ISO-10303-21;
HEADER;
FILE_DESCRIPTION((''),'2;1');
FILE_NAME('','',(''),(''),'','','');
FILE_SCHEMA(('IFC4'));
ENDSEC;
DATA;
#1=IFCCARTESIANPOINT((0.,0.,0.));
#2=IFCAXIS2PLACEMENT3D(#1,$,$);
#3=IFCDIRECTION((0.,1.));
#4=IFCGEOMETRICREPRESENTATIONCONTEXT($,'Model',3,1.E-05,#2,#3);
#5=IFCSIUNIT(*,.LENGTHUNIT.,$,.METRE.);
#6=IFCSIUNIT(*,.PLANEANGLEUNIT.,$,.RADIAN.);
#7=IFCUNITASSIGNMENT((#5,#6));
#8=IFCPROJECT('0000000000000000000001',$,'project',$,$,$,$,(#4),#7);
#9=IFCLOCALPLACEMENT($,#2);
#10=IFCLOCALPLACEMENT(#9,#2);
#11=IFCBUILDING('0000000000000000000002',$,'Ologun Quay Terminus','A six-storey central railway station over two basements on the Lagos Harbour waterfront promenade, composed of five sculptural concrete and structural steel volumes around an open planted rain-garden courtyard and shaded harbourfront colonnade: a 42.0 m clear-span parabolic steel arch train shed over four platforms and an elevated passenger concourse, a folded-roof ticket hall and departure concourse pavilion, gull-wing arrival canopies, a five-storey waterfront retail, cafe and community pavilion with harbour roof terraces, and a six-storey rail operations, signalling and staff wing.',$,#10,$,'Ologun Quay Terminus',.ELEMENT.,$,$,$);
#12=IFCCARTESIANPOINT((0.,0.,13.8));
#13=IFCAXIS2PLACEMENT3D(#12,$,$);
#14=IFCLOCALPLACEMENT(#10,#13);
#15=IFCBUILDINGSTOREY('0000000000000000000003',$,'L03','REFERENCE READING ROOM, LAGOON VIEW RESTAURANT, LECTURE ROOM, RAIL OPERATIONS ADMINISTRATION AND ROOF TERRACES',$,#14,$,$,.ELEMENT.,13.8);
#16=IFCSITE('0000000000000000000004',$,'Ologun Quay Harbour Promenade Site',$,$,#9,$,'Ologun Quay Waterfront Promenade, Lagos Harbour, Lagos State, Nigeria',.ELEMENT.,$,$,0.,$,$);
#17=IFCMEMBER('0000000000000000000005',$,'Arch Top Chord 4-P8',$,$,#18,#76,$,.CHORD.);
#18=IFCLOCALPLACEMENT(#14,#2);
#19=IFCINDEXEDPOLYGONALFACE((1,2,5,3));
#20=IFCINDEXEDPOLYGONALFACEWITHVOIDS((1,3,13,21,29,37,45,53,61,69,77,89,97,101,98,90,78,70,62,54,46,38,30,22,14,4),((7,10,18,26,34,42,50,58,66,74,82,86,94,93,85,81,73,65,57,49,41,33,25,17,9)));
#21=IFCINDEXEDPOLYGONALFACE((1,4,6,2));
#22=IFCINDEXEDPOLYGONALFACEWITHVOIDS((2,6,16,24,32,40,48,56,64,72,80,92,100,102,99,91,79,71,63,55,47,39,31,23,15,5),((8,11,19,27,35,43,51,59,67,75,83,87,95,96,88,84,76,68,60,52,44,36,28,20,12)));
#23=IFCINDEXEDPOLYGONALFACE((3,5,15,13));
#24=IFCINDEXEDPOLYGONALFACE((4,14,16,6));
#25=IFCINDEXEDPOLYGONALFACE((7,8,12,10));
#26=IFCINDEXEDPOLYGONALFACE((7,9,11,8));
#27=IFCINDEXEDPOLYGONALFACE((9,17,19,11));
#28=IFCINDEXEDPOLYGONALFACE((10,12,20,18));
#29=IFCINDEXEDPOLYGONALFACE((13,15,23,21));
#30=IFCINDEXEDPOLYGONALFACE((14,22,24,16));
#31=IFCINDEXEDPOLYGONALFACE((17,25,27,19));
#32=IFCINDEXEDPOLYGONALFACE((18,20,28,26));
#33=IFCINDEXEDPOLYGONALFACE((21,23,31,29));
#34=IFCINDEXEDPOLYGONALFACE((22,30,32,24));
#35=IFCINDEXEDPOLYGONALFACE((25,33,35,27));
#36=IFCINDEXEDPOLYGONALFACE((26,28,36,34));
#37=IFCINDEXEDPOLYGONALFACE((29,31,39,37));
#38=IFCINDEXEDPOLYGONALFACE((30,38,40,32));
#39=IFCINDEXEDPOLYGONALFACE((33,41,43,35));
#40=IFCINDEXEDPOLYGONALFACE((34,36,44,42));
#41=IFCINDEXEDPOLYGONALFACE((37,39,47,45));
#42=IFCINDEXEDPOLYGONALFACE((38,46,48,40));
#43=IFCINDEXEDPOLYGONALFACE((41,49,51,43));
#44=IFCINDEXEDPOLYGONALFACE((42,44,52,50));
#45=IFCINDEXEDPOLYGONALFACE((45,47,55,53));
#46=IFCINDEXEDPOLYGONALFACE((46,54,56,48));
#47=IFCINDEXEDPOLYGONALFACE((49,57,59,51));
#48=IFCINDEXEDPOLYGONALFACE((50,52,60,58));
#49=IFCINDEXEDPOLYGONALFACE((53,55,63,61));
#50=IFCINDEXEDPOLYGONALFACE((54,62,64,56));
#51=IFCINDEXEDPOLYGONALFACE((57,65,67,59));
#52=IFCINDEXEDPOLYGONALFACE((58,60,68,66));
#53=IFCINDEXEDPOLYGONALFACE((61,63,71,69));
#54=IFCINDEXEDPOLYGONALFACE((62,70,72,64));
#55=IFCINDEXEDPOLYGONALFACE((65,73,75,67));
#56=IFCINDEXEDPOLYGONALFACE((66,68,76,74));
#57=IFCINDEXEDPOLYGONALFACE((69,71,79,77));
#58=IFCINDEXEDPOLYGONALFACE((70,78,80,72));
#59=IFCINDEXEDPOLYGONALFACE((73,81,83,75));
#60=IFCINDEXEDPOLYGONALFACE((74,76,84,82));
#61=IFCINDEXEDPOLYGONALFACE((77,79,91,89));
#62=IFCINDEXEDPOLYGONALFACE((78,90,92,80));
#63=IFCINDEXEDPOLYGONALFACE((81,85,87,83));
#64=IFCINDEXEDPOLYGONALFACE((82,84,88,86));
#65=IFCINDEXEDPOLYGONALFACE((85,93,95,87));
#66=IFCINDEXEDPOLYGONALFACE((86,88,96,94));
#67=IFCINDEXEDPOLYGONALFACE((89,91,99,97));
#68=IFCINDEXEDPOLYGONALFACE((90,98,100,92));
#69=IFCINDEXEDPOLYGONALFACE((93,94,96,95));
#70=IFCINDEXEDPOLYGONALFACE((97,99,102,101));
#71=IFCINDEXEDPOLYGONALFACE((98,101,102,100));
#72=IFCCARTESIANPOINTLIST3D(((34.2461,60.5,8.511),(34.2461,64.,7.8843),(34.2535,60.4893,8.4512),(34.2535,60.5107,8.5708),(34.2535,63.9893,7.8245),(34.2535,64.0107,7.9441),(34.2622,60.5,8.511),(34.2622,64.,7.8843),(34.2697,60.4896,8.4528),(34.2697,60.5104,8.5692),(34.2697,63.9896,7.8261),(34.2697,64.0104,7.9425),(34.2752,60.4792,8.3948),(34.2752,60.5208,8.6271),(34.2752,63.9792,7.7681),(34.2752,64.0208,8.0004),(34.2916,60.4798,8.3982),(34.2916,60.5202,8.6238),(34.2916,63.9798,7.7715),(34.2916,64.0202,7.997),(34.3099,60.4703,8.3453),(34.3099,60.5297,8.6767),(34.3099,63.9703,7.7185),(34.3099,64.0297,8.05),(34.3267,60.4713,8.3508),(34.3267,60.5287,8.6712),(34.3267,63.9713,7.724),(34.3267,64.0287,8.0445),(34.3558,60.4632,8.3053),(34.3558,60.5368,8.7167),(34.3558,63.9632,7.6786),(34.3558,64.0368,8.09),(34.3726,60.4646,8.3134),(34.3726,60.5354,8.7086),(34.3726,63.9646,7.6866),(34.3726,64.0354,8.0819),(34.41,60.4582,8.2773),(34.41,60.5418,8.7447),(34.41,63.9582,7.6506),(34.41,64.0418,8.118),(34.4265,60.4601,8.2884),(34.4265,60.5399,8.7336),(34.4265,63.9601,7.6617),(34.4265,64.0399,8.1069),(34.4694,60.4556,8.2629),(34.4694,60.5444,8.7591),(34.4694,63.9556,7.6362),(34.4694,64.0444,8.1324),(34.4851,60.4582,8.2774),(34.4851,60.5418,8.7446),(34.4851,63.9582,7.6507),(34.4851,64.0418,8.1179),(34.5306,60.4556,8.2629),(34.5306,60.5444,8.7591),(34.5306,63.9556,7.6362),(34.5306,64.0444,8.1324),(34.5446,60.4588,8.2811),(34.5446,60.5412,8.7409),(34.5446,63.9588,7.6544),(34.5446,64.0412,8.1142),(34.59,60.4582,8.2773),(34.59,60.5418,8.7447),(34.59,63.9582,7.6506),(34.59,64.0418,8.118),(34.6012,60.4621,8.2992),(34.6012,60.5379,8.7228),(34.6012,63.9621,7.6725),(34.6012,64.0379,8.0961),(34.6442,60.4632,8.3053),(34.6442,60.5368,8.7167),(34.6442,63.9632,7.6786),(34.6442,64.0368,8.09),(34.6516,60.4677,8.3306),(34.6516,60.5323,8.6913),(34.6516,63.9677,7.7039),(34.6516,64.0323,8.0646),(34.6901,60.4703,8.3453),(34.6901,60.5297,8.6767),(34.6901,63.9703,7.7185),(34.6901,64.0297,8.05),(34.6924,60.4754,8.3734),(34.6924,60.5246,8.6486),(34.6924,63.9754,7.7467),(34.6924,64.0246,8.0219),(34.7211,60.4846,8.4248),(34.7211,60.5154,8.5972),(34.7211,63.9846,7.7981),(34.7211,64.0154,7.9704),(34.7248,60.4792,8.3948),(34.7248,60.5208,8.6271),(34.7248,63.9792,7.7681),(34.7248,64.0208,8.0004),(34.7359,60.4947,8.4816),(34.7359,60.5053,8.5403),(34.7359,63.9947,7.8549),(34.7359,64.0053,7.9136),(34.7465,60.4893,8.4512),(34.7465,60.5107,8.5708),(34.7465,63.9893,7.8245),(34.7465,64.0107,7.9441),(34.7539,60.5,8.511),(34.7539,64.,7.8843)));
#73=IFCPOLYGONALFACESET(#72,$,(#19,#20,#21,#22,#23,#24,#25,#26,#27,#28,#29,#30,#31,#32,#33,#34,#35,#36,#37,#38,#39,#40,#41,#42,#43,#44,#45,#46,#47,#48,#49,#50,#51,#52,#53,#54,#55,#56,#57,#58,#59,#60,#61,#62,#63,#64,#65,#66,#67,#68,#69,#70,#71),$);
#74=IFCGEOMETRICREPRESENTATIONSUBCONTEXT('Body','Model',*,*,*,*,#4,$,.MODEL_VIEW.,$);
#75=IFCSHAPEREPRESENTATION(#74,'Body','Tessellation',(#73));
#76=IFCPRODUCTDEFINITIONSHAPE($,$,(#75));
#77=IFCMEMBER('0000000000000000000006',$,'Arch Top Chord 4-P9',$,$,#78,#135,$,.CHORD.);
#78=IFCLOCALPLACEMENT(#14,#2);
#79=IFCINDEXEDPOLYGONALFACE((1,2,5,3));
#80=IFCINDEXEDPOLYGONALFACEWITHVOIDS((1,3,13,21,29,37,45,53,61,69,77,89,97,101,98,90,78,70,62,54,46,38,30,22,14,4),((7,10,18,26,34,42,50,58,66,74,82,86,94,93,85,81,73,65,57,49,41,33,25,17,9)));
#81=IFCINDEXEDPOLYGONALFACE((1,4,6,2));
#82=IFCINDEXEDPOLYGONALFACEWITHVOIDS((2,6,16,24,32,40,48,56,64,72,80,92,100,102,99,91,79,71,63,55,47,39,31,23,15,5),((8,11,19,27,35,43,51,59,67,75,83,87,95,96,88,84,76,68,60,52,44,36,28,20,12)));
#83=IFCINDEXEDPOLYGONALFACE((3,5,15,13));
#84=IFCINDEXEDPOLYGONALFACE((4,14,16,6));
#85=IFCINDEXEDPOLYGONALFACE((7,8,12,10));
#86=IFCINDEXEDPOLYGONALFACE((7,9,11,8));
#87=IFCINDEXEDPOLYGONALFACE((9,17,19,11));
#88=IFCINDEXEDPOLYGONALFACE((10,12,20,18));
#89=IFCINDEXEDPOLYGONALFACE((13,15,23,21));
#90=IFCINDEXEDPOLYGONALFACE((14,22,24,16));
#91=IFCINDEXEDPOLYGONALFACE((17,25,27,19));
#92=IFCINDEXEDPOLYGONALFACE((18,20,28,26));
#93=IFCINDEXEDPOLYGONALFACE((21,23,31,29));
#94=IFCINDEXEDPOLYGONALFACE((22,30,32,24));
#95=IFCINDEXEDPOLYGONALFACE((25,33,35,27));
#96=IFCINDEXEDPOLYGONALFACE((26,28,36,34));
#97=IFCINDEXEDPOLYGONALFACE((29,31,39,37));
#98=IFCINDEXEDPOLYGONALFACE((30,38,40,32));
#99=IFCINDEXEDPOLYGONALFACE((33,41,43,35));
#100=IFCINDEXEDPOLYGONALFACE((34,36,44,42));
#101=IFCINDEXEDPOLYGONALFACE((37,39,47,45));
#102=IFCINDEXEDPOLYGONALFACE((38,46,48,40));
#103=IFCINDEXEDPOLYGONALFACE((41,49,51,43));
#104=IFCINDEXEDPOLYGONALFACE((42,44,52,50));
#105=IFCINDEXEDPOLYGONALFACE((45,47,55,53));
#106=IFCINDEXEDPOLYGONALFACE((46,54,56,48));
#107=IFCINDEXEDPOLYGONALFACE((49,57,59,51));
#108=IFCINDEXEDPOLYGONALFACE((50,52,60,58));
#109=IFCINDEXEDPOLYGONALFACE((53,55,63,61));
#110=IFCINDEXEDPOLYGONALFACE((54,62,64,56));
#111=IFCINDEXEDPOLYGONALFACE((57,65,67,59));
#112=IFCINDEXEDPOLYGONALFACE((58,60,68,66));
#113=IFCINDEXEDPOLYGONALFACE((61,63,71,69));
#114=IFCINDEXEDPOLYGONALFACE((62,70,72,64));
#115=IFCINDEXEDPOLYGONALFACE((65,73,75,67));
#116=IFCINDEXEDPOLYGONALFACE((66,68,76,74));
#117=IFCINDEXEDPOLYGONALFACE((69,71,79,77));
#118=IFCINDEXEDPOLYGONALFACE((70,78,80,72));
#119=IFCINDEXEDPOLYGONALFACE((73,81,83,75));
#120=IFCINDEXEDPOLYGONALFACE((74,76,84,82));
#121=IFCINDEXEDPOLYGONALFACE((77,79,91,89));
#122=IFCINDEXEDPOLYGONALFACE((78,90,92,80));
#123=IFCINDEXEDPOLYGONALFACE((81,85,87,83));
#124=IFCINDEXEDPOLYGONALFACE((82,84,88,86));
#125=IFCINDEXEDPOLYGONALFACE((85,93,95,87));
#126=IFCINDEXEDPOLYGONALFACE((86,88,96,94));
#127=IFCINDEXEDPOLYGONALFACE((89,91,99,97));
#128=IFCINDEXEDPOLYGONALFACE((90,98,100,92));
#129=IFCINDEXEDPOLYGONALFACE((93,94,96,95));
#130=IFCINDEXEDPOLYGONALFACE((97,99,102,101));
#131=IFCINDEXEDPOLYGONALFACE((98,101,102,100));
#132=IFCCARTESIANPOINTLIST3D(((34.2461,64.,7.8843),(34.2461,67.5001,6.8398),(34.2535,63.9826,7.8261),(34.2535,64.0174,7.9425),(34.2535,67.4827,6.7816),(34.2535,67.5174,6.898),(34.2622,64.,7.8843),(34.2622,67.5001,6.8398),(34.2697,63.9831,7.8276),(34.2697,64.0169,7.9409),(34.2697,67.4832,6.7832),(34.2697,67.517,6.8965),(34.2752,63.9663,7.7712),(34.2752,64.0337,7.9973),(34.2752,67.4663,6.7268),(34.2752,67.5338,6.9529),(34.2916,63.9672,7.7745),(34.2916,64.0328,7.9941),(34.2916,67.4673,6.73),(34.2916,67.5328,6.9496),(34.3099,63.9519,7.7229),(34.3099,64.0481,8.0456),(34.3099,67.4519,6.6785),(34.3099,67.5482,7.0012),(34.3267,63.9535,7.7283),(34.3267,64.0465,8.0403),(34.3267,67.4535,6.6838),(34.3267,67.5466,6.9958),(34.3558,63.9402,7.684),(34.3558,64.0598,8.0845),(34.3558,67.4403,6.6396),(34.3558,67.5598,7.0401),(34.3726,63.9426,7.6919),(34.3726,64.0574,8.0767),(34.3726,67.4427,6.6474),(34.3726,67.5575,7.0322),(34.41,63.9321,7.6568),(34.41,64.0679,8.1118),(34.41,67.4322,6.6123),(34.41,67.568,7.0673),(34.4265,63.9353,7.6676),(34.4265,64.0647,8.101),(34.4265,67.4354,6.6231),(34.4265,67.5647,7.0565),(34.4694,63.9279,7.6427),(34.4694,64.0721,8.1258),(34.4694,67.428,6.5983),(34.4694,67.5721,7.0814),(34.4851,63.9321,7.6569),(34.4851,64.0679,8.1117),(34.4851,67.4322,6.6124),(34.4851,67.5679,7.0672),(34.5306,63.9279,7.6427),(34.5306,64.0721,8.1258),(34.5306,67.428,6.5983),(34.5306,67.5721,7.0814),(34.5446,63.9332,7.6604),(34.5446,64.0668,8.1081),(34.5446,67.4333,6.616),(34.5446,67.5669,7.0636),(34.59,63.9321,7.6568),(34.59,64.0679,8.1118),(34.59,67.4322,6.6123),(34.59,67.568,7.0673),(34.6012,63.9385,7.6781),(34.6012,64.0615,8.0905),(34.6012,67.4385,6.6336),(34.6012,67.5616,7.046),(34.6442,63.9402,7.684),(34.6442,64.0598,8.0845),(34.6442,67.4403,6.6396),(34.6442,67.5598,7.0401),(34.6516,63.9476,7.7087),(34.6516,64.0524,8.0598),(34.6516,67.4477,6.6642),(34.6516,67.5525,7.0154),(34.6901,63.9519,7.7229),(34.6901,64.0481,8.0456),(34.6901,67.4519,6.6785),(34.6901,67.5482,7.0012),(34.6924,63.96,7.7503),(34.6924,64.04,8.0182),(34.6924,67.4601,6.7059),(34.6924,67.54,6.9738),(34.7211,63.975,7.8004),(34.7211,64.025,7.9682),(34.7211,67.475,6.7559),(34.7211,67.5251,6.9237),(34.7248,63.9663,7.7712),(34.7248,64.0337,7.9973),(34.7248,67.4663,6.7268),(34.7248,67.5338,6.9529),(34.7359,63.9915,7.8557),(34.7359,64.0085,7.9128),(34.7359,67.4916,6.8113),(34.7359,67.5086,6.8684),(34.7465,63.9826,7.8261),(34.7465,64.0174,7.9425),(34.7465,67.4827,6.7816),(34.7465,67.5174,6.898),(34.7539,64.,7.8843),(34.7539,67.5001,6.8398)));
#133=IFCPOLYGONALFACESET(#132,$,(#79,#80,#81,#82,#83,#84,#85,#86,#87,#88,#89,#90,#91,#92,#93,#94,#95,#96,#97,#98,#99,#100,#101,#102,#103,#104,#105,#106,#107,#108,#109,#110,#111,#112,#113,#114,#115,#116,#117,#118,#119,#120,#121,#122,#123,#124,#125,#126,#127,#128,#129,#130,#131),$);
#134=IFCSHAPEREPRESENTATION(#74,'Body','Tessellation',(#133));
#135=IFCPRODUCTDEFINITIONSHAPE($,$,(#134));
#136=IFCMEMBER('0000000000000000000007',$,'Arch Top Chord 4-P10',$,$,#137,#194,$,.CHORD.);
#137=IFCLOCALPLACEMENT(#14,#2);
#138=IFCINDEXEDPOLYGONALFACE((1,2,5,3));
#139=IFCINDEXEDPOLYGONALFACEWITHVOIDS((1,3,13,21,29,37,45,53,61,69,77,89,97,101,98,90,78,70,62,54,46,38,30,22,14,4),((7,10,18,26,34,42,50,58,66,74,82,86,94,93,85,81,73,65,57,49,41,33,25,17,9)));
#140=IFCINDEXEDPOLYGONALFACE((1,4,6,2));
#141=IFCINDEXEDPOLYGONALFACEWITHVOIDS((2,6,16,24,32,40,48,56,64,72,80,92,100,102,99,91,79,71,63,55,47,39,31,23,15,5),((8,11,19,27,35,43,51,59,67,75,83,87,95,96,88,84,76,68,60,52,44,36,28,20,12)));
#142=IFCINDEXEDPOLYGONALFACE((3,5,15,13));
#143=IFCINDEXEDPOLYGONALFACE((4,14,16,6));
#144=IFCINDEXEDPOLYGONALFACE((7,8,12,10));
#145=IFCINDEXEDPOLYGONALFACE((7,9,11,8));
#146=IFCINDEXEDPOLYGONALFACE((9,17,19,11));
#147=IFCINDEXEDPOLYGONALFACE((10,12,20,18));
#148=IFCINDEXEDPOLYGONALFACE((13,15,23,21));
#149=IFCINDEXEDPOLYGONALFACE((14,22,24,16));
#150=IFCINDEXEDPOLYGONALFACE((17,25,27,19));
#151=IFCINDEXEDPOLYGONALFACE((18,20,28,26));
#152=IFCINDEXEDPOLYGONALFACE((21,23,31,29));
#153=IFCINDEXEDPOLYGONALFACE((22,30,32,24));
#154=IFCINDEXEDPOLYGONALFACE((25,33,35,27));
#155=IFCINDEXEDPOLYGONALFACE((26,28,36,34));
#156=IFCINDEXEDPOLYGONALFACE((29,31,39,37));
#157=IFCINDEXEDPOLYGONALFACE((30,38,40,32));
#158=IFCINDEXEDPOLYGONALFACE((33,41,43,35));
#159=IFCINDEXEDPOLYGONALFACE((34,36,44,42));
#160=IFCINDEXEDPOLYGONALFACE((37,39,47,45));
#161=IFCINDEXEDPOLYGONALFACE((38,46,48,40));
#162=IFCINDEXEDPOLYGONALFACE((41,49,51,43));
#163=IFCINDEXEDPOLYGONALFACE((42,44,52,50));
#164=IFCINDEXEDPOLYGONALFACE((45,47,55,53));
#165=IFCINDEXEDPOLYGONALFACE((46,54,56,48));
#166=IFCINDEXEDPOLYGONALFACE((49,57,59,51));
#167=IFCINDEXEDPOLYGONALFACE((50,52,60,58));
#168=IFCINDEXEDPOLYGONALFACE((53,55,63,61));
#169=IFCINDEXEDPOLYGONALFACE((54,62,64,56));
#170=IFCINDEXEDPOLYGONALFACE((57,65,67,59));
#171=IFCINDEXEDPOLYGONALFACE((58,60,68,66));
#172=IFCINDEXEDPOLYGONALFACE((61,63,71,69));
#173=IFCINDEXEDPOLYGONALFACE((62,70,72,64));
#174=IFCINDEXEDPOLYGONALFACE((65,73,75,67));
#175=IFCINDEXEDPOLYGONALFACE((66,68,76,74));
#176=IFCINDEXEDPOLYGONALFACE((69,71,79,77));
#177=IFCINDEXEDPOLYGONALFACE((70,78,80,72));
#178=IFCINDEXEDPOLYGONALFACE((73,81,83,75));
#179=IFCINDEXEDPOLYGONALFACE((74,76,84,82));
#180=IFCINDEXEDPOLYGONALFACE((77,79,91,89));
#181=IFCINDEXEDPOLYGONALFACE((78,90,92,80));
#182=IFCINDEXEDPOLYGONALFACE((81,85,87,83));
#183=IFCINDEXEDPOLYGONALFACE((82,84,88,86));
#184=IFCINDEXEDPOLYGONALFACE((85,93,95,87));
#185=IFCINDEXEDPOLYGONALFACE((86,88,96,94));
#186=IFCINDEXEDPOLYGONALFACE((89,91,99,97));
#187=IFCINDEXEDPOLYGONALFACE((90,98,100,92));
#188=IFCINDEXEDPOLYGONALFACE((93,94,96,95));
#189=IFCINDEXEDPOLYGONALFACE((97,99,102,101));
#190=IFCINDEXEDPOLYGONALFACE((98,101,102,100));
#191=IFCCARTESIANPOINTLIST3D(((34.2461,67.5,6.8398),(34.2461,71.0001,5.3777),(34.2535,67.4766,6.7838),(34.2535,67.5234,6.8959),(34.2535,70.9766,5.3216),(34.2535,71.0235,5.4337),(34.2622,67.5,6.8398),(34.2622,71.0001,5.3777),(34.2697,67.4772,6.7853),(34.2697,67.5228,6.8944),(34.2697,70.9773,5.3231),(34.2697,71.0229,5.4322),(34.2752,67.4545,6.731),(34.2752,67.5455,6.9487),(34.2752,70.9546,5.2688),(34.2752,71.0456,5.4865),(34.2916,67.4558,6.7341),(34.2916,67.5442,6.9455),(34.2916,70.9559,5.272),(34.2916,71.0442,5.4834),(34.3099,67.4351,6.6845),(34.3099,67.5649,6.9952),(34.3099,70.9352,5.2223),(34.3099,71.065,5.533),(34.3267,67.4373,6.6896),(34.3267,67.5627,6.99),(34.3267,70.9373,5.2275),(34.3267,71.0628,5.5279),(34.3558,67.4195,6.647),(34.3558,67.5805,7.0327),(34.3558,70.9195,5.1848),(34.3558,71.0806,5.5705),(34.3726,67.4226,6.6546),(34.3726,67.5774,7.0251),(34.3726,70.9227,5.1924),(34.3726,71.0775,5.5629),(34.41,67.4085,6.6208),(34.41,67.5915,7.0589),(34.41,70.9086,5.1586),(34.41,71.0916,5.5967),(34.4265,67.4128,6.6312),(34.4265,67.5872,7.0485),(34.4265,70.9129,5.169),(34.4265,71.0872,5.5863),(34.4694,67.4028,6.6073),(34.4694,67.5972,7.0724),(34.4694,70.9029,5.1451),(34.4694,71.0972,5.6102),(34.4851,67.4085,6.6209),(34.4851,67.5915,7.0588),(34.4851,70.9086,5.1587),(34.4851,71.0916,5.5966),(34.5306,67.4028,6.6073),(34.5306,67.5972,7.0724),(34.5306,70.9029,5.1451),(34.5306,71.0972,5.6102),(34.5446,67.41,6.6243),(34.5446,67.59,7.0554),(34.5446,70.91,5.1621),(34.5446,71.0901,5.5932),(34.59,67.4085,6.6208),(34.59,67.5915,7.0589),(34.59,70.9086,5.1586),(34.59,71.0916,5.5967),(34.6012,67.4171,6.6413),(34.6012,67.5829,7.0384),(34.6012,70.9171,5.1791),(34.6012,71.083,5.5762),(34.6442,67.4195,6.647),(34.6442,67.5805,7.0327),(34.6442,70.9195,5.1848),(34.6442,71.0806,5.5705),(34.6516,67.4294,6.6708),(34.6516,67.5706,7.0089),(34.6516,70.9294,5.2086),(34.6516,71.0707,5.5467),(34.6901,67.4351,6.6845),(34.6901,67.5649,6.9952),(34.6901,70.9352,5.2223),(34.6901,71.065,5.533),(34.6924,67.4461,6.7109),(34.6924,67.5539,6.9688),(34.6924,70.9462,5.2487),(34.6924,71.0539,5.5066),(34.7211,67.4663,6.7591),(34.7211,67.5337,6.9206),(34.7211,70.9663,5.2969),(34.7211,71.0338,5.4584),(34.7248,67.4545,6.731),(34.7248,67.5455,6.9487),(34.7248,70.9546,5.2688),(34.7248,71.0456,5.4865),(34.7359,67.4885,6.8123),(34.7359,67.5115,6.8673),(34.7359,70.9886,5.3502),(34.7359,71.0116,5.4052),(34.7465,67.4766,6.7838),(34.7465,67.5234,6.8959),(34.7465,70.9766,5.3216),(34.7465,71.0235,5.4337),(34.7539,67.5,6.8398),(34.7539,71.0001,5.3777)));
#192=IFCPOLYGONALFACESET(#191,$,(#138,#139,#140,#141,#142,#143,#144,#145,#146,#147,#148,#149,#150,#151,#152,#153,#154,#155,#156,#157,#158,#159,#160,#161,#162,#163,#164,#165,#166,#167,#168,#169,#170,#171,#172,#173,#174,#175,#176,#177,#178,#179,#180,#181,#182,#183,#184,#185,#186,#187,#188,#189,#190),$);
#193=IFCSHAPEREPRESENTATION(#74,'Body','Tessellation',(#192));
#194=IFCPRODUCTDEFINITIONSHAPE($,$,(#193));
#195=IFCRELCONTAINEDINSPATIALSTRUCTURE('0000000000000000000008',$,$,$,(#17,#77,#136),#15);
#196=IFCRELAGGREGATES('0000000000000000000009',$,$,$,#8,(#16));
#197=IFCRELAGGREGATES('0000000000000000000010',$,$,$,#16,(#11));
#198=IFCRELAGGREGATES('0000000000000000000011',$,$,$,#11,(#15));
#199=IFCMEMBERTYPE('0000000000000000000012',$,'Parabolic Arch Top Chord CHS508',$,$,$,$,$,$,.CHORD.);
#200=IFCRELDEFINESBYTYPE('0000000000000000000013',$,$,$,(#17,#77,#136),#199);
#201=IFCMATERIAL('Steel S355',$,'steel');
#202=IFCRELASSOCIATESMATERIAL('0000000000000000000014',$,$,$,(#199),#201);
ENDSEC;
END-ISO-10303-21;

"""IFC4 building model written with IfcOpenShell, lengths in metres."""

from ifc_helpers import new_model, si_unit, direction, frame, origin, origin_2d, place, context, subcontext, project, spatial, hollow_circle, extrude, material, material_profile, profile_set, type_object, element, save


model = new_model("IFC4")

# Units and contexts
model_context = context("Model", 3, precision=1e-05, world=origin(), true_north=direction((0.0, 1.0)))
body_context = subcontext(model_context, "Body", "Model", "MODEL_VIEW")
ifc_project = project(units=[si_unit("LENGTHUNIT", "METRE"), si_unit("PLANEANGLEUNIT", "RADIAN")], contexts=[model_context])

# Site, building, storey
site_placement = place(None, origin())
site = spatial("IfcSite", under=ifc_project, at=site_placement, Name="Ologun Quay Harbour Promenade Site", LongName="Ologun Quay Waterfront Promenade, Lagos Harbour, Lagos State, Nigeria", CompositionType="ELEMENT", RefElevation=0.0)
building_placement = place(site_placement, origin())
building = spatial("IfcBuilding", under=site, at=building_placement, Name="Ologun Quay Terminus", Description="A six-storey central railway station over two basements on the Lagos Harbour waterfront promenade, composed of five sculptural concrete and structural steel volumes around an open planted rain-garden courtyard and shaded harbourfront colonnade: a 42.0 m clear-span parabolic steel arch train shed over four platforms and an elevated passenger concourse, a folded-roof ticket hall and departure concourse pavilion, gull-wing arrival canopies, a five-storey waterfront retail, cafe and community pavilion with harbour roof terraces, and a six-storey rail operations, signalling and staff wing.", LongName="Ologun Quay Terminus", CompositionType="ELEMENT")
storey_placement = place(building_placement, frame((0.0, 0.0, 13.8)))
storey = spatial("IfcBuildingStorey", under=building, at=storey_placement, Name="L03", Description="REFERENCE READING ROOM, LAGOON VIEW RESTAURANT, LECTURE ROOM, RAIL OPERATIONS ADMINISTRATION AND ROOF TERRACES", CompositionType="ELEMENT", Elevation=13.8)

# Members
ifc_material_1 = material(Name="Steel S355", Category="steel")
ifc_material_profile_1 = material_profile(ifc_material_1, hollow_circle(Radius=0.2539, WallThickness=0.0161, at=origin_2d()), Name="CHS 508x16")
ifc_profile_set_1 = profile_set([ifc_material_profile_1], Name="Steel S355")
member_type_1 = type_object("IfcMemberType", Name="Parabolic Arch Top Chord CHS508", PredefinedType="CHORD", material=ifc_profile_set_1)
member_1_placement = place(storey_placement, frame((34.5, 60.5, 8.511), z_axis=(0.0, 0.984344, -0.176256), x_axis=(-1.0, 0.0, 0.0)))
element("IfcMember", 1, at=member_1_placement, inside=storey, type_object=member_type_1, Name="Arch Top Chord 4-P8", PredefinedType="CHORD", context=body_context, shape_type="SweptSolid", body=[
    extrude(hollow_circle(Radius=0.2539, WallThickness=0.0161, at=origin_2d()), origin(), (0.0, 0.0, 1.0), 3.5557),
])
member_2_placement = place(storey_placement, frame((34.5, 64.0, 7.8843), z_axis=(0.0, 0.958245, -0.285949), x_axis=(-1.0, 0.0, 0.0)))
element("IfcMember", 2, at=member_2_placement, inside=storey, type_object=member_type_1, Name="Arch Top Chord 4-P9", PredefinedType="CHORD", context=body_context, shape_type="SweptSolid", body=[
    extrude(hollow_circle(Radius=0.2539, WallThickness=0.0161, at=origin_2d()), origin(), (0.0, 0.0, 1.0), 3.6526),
])
member_3_placement = place(storey_placement, frame((34.5, 67.5, 6.8398), z_axis=(0.0, 0.922719, -0.385474), x_axis=(-1.0, 0.0, 0.0)))
element("IfcMember", 3, at=member_3_placement, inside=storey, type_object=member_type_1, Name="Arch Top Chord 4-P10", PredefinedType="CHORD", context=body_context, shape_type="SweptSolid", body=[
    extrude(hollow_circle(Radius=0.2539, WallThickness=0.0161, at=origin_2d()), origin(), (0.0, 0.0, 1.0), 3.7932),
])

save(model, "model.ifc")
